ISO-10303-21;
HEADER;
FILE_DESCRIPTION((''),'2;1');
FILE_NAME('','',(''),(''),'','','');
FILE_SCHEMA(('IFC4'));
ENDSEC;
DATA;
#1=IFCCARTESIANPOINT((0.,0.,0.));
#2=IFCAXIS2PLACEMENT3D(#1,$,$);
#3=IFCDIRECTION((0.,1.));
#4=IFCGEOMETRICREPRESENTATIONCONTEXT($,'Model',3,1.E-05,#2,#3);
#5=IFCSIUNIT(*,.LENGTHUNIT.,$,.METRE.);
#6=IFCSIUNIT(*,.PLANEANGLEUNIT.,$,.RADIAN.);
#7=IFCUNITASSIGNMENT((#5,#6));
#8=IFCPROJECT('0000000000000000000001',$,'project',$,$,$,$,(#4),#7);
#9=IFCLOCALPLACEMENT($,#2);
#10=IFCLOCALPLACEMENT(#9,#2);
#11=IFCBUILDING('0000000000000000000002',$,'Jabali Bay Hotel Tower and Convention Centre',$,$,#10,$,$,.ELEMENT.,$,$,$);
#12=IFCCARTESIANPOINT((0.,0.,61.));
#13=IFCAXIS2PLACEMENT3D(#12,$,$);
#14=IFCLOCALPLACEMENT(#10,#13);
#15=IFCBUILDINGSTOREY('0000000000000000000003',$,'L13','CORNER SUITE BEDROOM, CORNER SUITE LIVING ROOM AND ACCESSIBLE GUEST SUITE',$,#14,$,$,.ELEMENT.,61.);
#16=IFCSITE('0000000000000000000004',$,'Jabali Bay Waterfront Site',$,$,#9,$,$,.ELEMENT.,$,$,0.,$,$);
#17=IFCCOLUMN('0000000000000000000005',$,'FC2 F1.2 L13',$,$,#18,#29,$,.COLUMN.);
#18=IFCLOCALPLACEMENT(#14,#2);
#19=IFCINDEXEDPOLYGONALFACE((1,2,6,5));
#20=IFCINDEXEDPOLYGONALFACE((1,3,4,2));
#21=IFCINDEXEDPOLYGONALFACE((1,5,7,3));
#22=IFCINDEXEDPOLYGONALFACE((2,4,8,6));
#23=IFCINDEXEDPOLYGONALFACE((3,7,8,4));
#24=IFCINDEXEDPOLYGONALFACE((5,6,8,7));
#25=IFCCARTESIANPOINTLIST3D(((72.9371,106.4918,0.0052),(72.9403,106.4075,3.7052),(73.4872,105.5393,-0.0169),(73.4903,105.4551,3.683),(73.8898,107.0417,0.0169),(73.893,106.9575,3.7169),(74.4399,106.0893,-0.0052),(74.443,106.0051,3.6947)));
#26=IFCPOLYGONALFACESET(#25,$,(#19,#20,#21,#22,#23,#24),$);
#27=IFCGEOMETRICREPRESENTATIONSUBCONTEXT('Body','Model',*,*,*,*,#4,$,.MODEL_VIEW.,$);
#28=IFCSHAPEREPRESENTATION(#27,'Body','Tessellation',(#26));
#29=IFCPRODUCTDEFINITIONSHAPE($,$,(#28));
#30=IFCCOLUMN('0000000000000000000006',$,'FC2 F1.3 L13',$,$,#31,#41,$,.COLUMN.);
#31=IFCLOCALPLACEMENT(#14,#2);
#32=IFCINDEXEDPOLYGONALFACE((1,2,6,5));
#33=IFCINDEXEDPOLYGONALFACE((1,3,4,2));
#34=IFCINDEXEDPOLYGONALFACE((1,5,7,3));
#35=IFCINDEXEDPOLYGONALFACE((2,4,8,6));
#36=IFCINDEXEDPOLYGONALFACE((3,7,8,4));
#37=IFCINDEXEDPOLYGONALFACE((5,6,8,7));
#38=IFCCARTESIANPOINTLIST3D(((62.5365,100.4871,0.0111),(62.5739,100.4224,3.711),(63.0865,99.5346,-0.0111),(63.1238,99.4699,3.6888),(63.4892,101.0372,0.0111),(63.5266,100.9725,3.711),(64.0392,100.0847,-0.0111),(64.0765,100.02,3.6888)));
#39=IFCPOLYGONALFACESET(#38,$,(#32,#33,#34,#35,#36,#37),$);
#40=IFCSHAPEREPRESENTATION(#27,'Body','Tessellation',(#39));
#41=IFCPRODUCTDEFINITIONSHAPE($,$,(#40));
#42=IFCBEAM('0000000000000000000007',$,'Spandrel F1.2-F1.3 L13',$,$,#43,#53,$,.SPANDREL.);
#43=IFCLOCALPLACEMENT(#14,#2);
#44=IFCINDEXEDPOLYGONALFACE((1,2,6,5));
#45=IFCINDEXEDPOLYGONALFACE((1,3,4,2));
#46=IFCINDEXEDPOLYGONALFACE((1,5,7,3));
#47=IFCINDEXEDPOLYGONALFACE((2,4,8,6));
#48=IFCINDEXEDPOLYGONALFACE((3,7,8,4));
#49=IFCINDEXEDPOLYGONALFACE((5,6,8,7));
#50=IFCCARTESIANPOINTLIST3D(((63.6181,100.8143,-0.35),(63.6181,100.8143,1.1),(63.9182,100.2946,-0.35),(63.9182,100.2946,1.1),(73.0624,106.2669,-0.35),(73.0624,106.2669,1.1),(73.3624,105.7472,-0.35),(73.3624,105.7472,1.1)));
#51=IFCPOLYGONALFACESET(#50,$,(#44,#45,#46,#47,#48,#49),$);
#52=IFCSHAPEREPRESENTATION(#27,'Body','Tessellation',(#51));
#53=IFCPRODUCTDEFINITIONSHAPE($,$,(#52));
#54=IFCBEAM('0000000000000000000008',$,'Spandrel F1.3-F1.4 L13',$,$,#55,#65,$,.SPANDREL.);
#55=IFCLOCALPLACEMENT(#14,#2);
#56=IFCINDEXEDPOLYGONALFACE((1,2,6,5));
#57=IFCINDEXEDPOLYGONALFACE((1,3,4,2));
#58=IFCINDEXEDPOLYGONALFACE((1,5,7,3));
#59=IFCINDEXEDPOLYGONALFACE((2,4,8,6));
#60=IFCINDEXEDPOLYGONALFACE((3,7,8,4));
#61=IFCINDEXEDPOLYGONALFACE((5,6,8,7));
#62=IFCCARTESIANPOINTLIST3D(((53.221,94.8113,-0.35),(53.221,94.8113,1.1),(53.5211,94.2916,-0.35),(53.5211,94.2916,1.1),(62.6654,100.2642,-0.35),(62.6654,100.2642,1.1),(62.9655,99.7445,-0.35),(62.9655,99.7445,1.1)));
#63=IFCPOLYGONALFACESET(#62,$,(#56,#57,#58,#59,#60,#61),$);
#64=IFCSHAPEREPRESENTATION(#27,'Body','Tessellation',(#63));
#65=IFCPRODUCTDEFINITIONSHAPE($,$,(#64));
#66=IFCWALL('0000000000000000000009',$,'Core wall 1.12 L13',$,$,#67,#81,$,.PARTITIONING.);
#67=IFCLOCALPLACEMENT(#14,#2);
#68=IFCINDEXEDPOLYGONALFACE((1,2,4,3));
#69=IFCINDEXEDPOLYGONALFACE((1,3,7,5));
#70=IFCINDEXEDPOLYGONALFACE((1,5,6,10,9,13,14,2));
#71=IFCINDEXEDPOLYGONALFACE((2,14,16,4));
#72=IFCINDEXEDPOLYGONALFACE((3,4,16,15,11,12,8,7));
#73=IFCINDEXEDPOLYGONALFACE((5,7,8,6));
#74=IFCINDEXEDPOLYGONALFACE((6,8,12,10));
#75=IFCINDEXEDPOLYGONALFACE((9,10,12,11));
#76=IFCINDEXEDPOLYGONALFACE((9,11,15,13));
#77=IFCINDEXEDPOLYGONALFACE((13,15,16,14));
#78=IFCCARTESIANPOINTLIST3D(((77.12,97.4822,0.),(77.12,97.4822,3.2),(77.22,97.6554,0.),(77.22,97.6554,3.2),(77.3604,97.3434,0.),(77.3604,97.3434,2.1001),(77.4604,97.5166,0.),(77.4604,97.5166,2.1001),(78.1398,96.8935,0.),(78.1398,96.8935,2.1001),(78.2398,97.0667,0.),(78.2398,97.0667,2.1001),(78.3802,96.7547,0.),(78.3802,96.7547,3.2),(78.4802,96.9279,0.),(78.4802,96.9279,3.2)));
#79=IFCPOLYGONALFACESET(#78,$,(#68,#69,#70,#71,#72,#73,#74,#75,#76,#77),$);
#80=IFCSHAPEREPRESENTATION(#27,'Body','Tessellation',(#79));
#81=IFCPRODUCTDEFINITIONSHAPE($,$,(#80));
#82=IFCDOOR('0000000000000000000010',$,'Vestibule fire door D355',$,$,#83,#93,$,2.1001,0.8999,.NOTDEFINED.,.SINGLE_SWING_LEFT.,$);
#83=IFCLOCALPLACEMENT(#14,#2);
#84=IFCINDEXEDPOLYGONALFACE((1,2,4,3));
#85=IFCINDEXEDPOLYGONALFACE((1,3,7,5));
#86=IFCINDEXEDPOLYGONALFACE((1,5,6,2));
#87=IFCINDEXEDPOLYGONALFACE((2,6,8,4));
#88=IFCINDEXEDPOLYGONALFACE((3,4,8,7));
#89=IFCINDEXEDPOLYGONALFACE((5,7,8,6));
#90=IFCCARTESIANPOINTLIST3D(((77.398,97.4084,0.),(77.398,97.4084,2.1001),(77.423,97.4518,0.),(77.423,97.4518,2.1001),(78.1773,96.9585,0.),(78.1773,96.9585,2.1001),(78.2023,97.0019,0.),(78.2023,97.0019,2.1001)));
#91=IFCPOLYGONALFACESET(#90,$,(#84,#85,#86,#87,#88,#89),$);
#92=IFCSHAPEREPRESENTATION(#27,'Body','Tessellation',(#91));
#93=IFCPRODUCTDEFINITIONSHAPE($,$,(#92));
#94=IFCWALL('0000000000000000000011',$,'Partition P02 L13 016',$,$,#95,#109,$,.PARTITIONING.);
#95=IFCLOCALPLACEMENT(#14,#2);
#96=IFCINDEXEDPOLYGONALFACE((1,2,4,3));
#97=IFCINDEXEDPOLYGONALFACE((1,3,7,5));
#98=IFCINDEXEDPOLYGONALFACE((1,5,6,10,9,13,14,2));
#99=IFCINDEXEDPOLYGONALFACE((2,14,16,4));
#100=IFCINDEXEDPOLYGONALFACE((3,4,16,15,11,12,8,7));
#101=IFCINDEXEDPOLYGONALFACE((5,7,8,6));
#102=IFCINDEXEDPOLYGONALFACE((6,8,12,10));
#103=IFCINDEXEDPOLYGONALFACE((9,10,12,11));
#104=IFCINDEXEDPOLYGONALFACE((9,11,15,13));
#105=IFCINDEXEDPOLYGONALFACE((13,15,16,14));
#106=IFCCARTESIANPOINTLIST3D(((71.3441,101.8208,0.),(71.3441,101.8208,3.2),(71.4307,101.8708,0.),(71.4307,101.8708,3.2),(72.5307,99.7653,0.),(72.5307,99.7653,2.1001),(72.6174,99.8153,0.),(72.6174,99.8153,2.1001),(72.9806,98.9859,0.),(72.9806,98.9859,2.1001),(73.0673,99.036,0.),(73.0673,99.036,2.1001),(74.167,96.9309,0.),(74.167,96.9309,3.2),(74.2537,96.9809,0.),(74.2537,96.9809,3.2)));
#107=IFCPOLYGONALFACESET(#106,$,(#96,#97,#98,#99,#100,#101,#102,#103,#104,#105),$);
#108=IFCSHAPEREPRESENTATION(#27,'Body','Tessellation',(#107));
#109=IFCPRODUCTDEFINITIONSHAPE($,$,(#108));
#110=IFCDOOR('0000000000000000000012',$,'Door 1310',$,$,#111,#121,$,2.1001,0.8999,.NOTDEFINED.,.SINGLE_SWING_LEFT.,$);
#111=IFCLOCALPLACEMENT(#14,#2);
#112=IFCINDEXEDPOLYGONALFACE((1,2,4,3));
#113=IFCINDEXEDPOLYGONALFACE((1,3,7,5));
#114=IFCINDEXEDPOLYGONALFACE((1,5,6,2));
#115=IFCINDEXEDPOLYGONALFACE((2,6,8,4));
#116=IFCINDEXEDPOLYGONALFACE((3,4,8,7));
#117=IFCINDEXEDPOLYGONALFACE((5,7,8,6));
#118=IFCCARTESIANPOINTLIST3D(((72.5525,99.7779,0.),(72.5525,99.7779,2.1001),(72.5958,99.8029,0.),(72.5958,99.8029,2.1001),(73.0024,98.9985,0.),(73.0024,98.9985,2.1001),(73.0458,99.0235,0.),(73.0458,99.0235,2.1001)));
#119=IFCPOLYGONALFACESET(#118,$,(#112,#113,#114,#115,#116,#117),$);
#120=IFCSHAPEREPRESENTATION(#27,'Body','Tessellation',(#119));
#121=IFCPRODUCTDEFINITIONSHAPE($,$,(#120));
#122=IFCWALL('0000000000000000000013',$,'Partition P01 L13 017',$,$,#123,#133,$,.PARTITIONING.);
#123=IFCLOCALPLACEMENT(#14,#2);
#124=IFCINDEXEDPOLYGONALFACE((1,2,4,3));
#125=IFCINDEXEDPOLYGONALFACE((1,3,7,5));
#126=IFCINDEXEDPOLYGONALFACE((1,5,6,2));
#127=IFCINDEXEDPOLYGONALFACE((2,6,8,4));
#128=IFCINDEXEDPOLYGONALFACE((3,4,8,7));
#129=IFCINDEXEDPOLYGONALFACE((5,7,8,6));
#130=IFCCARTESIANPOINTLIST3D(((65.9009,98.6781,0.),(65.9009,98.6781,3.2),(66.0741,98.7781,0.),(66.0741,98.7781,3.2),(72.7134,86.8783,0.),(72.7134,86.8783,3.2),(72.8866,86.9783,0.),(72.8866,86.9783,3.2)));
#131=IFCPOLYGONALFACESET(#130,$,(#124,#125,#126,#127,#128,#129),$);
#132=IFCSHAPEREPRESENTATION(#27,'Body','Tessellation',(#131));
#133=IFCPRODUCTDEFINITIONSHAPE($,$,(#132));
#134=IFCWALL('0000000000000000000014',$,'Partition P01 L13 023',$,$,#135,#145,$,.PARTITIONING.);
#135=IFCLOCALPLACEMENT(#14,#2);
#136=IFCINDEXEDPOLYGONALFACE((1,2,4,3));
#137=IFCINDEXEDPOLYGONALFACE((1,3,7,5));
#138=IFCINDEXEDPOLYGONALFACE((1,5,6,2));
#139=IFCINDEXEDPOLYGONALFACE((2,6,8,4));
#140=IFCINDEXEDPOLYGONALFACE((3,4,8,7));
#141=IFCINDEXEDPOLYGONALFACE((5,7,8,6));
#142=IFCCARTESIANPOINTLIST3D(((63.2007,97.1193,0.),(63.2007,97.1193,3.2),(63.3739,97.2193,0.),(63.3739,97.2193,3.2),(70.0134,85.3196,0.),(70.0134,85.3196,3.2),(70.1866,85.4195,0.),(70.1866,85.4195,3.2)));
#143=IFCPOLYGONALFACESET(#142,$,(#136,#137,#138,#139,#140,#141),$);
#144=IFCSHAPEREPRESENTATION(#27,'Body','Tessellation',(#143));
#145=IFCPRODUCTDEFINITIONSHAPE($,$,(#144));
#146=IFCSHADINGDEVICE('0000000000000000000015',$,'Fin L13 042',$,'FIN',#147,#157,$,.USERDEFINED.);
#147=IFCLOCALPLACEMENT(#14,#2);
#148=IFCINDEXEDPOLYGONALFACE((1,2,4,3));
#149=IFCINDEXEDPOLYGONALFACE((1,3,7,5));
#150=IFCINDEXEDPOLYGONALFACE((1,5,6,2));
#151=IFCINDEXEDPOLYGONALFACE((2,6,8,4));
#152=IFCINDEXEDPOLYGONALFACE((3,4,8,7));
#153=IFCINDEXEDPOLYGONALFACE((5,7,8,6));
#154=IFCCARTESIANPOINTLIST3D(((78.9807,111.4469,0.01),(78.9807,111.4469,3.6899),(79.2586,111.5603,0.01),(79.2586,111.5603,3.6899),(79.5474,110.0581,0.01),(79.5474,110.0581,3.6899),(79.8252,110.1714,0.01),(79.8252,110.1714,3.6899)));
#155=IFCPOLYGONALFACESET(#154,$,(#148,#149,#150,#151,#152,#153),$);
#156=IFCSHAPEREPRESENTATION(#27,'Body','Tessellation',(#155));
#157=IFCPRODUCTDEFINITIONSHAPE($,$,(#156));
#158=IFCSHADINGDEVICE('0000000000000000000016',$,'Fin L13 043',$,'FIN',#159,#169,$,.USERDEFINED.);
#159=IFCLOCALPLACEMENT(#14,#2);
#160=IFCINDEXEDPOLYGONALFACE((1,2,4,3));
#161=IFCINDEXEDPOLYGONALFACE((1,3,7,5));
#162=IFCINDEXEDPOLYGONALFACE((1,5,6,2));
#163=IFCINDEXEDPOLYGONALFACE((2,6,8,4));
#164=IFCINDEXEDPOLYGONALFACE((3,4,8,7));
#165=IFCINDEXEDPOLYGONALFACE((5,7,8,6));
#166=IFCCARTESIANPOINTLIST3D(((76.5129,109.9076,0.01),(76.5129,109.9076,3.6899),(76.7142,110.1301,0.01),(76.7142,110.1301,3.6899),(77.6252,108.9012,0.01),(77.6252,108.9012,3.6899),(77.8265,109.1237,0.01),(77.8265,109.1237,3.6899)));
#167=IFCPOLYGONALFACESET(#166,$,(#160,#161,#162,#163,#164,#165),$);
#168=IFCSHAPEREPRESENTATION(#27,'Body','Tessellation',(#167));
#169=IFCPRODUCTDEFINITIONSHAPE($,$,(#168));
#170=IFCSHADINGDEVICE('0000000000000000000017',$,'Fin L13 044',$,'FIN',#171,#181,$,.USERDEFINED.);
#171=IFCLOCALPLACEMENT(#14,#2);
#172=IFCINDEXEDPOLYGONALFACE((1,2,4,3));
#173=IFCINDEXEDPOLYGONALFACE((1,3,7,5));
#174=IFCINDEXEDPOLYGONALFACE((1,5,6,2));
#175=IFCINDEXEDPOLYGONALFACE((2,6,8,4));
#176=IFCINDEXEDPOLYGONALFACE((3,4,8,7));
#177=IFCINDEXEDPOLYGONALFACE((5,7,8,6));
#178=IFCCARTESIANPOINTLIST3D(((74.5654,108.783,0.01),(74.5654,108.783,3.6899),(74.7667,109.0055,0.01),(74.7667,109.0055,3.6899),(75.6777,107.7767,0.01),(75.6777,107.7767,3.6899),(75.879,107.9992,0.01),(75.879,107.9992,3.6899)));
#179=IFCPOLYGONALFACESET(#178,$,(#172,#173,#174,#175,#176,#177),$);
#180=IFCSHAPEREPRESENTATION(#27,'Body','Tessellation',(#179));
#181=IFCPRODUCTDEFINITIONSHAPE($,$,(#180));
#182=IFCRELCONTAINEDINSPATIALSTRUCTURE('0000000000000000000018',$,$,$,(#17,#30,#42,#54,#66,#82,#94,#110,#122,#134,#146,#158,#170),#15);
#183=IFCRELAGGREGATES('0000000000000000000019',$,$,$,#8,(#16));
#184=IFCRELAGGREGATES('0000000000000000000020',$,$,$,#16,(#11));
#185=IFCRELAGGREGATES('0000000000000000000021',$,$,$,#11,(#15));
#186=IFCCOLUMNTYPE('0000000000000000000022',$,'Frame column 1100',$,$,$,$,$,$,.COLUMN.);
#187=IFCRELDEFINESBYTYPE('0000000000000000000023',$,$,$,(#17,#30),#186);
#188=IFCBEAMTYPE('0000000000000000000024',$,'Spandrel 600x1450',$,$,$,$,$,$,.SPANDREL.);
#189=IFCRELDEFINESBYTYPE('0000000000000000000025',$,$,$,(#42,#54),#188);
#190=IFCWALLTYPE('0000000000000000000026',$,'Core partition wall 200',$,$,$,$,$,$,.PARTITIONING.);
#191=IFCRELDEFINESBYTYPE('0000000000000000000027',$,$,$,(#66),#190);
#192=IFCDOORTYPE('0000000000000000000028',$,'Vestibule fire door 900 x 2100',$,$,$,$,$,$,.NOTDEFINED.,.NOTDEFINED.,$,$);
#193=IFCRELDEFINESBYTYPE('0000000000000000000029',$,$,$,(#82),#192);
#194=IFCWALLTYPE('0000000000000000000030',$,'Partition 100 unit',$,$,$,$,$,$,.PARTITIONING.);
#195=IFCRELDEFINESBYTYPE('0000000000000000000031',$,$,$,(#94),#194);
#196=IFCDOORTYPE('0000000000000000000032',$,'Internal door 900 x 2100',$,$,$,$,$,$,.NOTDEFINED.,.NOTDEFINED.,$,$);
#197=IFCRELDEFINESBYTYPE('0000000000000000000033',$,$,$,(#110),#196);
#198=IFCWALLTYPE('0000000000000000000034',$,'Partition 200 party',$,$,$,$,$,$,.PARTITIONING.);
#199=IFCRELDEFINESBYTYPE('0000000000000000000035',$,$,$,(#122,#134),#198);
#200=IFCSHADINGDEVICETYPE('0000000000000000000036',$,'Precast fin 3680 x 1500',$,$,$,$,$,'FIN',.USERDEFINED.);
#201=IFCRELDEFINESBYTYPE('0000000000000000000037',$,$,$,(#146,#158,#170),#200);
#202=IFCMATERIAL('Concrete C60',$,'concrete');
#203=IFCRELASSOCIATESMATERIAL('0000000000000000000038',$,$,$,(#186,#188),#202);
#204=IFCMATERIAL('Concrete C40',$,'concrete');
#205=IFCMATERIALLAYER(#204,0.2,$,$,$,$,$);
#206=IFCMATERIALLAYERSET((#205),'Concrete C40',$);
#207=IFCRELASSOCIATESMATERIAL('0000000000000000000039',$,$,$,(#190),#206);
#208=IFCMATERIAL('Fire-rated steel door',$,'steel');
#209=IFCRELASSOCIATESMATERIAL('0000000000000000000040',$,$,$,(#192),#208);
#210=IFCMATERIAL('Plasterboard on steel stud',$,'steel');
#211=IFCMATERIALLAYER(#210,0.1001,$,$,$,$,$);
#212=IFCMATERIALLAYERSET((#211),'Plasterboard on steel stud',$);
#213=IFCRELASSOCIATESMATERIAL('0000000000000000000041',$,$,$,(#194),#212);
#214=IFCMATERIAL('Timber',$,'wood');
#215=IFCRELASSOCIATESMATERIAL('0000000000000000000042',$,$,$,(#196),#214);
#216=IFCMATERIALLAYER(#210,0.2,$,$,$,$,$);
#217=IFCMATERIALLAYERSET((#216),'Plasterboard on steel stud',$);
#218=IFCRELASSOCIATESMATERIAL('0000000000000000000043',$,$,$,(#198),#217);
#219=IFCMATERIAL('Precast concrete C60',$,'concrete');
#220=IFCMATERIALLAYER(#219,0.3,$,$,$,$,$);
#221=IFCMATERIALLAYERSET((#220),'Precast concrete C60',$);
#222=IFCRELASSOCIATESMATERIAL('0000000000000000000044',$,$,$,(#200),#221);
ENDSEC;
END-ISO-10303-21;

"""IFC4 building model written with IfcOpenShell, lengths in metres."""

from ifc_helpers import new_model, si_unit, direction, frame, frame_2d, origin, origin_2d, place, context, subcontext, project, spatial, rectangle, extrude, material, layer, layer_set, material_profile, profile_set, type_object, element, fill, save


model = new_model("IFC4")

# Units and contexts
model_context = context("Model", 3, precision=1e-05, world=origin(), true_north=direction((0.0, 1.0)))
body_context = subcontext(model_context, "Body", "Model", "MODEL_VIEW")
ifc_project = project(units=[si_unit("LENGTHUNIT", "METRE"), si_unit("PLANEANGLEUNIT", "RADIAN")], contexts=[model_context])

# Site, building, storey
site_placement = place(None, origin())
site = spatial("IfcSite", under=ifc_project, at=site_placement, Name="Jabali Bay Waterfront Site", CompositionType="ELEMENT", RefElevation=0.0)
building_placement = place(site_placement, origin())
building = spatial("IfcBuilding", under=site, at=building_placement, Name="Jabali Bay Hotel Tower and Convention Centre", CompositionType="ELEMENT")
storey_placement = place(building_placement, frame((0.0, 0.0, 61.0)))
storey = spatial("IfcBuildingStorey", under=building, at=storey_placement, Name="L13", Description="CORNER SUITE BEDROOM, CORNER SUITE LIVING ROOM AND ACCESSIBLE GUEST SUITE", CompositionType="ELEMENT", Elevation=61.0)

# Columns
ifc_material_1 = material(Name="Concrete C60", Category="concrete")
ifc_material_profile_1 = material_profile(ifc_material_1, rectangle(XDim=1.1001, YDim=1.1001, at=origin_2d()), Name="Frame column 1100")
ifc_profile_set_1 = profile_set([ifc_material_profile_1], Name="Concrete C60")
column_type = type_object("IfcColumnType", Name="Frame column 1100", PredefinedType="COLUMN", material=ifc_profile_set_1)
column_1_placement = place(storey_placement, frame((73.6885, 106.2905, 0.0), z_axis=(0.000858, -0.022759, 0.999741), x_axis=(0.866006, 0.499921, 0.010638)))
element("IfcColumn", 1, at=column_1_placement, inside=storey, type_object=column_type, Name="FC2 F1.2 L13", PredefinedType="COLUMN", context=body_context, shape_type="SweptSolid", body=[
    extrude(rectangle(XDim=1.1001, YDim=1.1001, at=origin_2d()), origin(), (0.0, 0.0, 1.0), 3.7009),
])
column_2_placement = place(storey_placement, frame((63.2878, 100.2859, 0.0), z_axis=(0.010094, -0.017482, 0.999796), x_axis=(0.86602, 0.500009, 0.0)))
element("IfcColumn", 2, at=column_2_placement, inside=storey, type_object=column_type, Name="FC2 F1.3 L13", PredefinedType="COLUMN", context=body_context, shape_type="SweptSolid", body=[
    extrude(rectangle(XDim=1.1001, YDim=1.1001, at=origin_2d()), origin(), (0.0, 0.0, 1.0), 3.7007),
])

# Beams
ifc_material_profile_2 = material_profile(ifc_material_1, rectangle(XDim=0.6001, YDim=1.45, at=origin_2d()), Name="Spandrel 600x1450")
ifc_profile_set_2 = profile_set([ifc_material_profile_2], Name="Concrete C60")
beam_type = type_object("IfcBeamType", Name="Spandrel 600x1450", PredefinedType="SPANDREL", material=ifc_profile_set_2)
beam_1_placement = place(storey_placement, frame((73.2124, 106.0071, 0.375), z_axis=(-0.866028, -0.499996, 0.0), x_axis=(0.499996, -0.866028, 0.0)))
element("IfcBeam", 3, at=beam_1_placement, inside=storey, type_object=beam_type, Name="Spandrel F1.2-F1.3 L13", PredefinedType="SPANDREL", context=body_context, shape_type="SweptSolid", body=[
    extrude(rectangle(XDim=0.6001, YDim=1.45, at=origin_2d()), origin(), (0.0, 0.0, 1.0), 10.9053),
])
beam_2_placement = place(storey_placement, frame((62.8154, 100.0044, 0.375), z_axis=(-0.866018, -0.500013, 0.0), x_axis=(0.500013, -0.866018, 0.0)))
element("IfcBeam", 4, at=beam_2_placement, inside=storey, type_object=beam_type, Name="Spandrel F1.3-F1.4 L13", PredefinedType="SPANDREL", context=body_context, shape_type="SweptSolid", body=[
    extrude(rectangle(XDim=0.6001, YDim=1.45, at=origin_2d()), origin(), (0.0, 0.0, 1.0), 10.9055),
])

# Walls, openings, doors
ifc_material_2 = material(Name="Concrete C40", Category="concrete")
ifc_layer_1 = layer(ifc_material_2, 0.2)
ifc_layer_set_1 = layer_set([ifc_layer_1], Name="Concrete C40")
wall_type_1 = type_object("IfcWallType", Name="Core partition wall 200", PredefinedType="PARTITIONING", material=ifc_layer_set_1)
wall_1_placement = place(storey_placement, frame((78.4302, 96.8413, 0.0), z_axis=(0.0, 0.0, 1.0), x_axis=(-0.866046, 0.499965, 0.0)))
wall_1 = element("IfcWall", 5, at=wall_1_placement, inside=storey, type_object=wall_type_1, Name="Core wall 1.12 L13", PredefinedType="PARTITIONING", context=body_context, shape_type="SweptSolid", body=[
    extrude(rectangle(XDim=1.4551, YDim=0.2, at=frame_2d((0.7275, 0.0))), origin(), (0.0, 0.0, 1.0), 3.2),
])
opening_1_placement = place(wall_1_placement, frame((0.2776, 0.0, 0.0)))
opening_1 = element("IfcOpeningElement", 6, at=opening_1_placement, cuts=wall_1, PredefinedType="OPENING", context=body_context, shape_type="SweptSolid", body=[
    extrude(rectangle(XDim=0.8999, YDim=2.1001, at=frame_2d((0.45, 1.05))), frame((0.0, 0.1104, 0.0), z_axis=(0.0, -1.0, 0.0), x_axis=(1.0, 0.0, 0.0)), (0.0, 0.0, 1.0), 0.2209),
])
ifc_material_3 = material(Name="Fire-rated steel door", Category="steel")
door_type_1 = type_object("IfcDoorType", Name="Vestibule fire door 900 x 2100", OperationType="NOTDEFINED", PredefinedType="NOTDEFINED", material=ifc_material_3)
door_1_placement = place(opening_1_placement, origin())
door_1 = element("IfcDoor", 7, at=door_1_placement, inside=storey, type_object=door_type_1, Name="Vestibule fire door D355", OperationType="SINGLE_SWING_LEFT", OverallHeight=2.1001, OverallWidth=0.8999, PredefinedType="NOTDEFINED", context=body_context, shape_type="SweptSolid", body=[
    extrude(rectangle(XDim=0.8999, YDim=2.1001, at=frame_2d((0.45, 1.05))), frame((0.0, 0.0249, 0.0), z_axis=(0.0, -1.0, 0.0), x_axis=(1.0, 0.0, 0.0)), (0.0, 0.0, 1.0), 0.05),
])
fill(opening_1, door_1)
ifc_material_4 = material(Name="Plasterboard on steel stud", Category="steel")
ifc_layer_2 = layer(ifc_material_4, 0.1001)
ifc_layer_set_2 = layer_set([ifc_layer_2], Name="Plasterboard on steel stud")
wall_type_2 = type_object("IfcWallType", Name="Partition 100 unit", PredefinedType="PARTITIONING", material=ifc_layer_set_2)
wall_2_placement = place(storey_placement, frame((74.2104, 96.9558, 0.0), z_axis=(0.0, 0.0, 1.0), x_axis=(-0.499976, 0.866039, 0.0)))
wall_2 = element("IfcWall", 8, at=wall_2_placement, inside=storey, type_object=wall_type_2, Name="Partition P02 L13 016", PredefinedType="PARTITIONING", context=body_context, shape_type="SweptSolid", body=[
    extrude(rectangle(XDim=5.6462, YDim=0.1001, at=frame_2d((2.8232, 0.0))), origin(), (0.0, 0.0, 1.0), 3.2),
])
opening_2_placement = place(wall_2_placement, frame((2.373, 0.0, 0.0)))
opening_2 = element("IfcOpeningElement", 9, at=opening_2_placement, cuts=wall_2, PredefinedType="OPENING", context=body_context, shape_type="SweptSolid", body=[
    extrude(rectangle(XDim=0.8999, YDim=2.1001, at=frame_2d((0.45, 1.05))), frame((0.0, 0.0605, 0.0), z_axis=(0.0, -1.0, 0.0), x_axis=(1.0, 0.0, 0.0)), (0.0, 0.0, 1.0), 0.1211),
])
ifc_material_5 = material(Name="Timber", Category="wood")
door_type_2 = type_object("IfcDoorType", Name="Internal door 900 x 2100", OperationType="NOTDEFINED", PredefinedType="NOTDEFINED", material=ifc_material_5)
door_2_placement = place(opening_2_placement, origin())
door_2 = element("IfcDoor", 10, at=door_2_placement, inside=storey, type_object=door_type_2, Name="Door 1310", OperationType="SINGLE_SWING_LEFT", OverallHeight=2.1001, OverallWidth=0.8999, PredefinedType="NOTDEFINED", context=body_context, shape_type="SweptSolid", body=[
    extrude(rectangle(XDim=0.8999, YDim=2.1001, at=frame_2d((0.45, 1.05))), frame((0.0, 0.0249, 0.0), z_axis=(0.0, -1.0, 0.0), x_axis=(1.0, 0.0, 0.0)), (0.0, 0.0, 1.0), 0.05),
])
fill(opening_2, door_2)

# Walls
ifc_layer_3 = layer(ifc_material_4, 0.2)
ifc_layer_set_3 = layer_set([ifc_layer_3], Name="Plasterboard on steel stud")
wall_type_3 = type_object("IfcWallType", Name="Partition 200 party", PredefinedType="PARTITIONING", material=ifc_layer_set_3)
for number, where, z_axis, x_axis, name in (
    (11, (65.9875, 98.728, 0.0), (0.0, 0.0, 1.0), (0.499993, -0.866029, 0.0), "Partition P01 L13 017"),
    (12, (63.2874, 97.1692, 0.0), (0.0, 0.0, 1.0), (0.500007, -0.866021, 0.0), "Partition P01 L13 023"),
):
    element("IfcWall", number, at=place(storey_placement, frame(where, z_axis=z_axis, x_axis=x_axis)), inside=storey, type_object=wall_type_3, Name=name, PredefinedType="PARTITIONING", context=body_context, shape_type="SweptSolid", body=[
        extrude(rectangle(XDim=13.6252, YDim=0.2, at=frame_2d((6.8125, 0.0))), origin(), (0.0, 0.0, 1.0), 3.2),
    ])

# Shading devices
ifc_material_6 = material(Name="Precast concrete C60", Category="concrete")
ifc_layer_4 = layer(ifc_material_6, 0.3)
ifc_layer_set_4 = layer_set([ifc_layer_4], Name="Precast concrete C60")
shading_device_type = type_object("IfcShadingDeviceType", Name="Precast fin 3680 x 1500", ElementType="FIN", PredefinedType="USERDEFINED", material=ifc_layer_set_4)
for number, where, z_axis, x_axis, name in (
    (13, (79.6863, 110.1147, 0.01), (0.0, 0.0, 1.0), (-0.377752, 0.925907, 0.0), "Fin L13 042"),
    (14, (77.7258, 109.0125, 0.01), (0.0, 0.0, 1.0), (-0.741543, 0.670905, 0.0), "Fin L13 043"),
    (15, (75.7783, 107.8879, 0.01), (0.0, 0.0, 1.0), (-0.741543, 0.670905, 0.0), "Fin L13 044"),
):
    element("IfcShadingDevice", number, at=place(storey_placement, frame(where, z_axis=z_axis, x_axis=x_axis)), inside=storey, type_object=shading_device_type, Name=name, ObjectType="FIN", PredefinedType="USERDEFINED", context=body_context, shape_type="SweptSolid", body=[
        extrude(rectangle(XDim=1.5, YDim=0.3, at=frame_2d((0.75, 0.0))), origin(), (0.0, 0.0, 1.0), 3.6799),
    ])

save(model, "model.ifc")
